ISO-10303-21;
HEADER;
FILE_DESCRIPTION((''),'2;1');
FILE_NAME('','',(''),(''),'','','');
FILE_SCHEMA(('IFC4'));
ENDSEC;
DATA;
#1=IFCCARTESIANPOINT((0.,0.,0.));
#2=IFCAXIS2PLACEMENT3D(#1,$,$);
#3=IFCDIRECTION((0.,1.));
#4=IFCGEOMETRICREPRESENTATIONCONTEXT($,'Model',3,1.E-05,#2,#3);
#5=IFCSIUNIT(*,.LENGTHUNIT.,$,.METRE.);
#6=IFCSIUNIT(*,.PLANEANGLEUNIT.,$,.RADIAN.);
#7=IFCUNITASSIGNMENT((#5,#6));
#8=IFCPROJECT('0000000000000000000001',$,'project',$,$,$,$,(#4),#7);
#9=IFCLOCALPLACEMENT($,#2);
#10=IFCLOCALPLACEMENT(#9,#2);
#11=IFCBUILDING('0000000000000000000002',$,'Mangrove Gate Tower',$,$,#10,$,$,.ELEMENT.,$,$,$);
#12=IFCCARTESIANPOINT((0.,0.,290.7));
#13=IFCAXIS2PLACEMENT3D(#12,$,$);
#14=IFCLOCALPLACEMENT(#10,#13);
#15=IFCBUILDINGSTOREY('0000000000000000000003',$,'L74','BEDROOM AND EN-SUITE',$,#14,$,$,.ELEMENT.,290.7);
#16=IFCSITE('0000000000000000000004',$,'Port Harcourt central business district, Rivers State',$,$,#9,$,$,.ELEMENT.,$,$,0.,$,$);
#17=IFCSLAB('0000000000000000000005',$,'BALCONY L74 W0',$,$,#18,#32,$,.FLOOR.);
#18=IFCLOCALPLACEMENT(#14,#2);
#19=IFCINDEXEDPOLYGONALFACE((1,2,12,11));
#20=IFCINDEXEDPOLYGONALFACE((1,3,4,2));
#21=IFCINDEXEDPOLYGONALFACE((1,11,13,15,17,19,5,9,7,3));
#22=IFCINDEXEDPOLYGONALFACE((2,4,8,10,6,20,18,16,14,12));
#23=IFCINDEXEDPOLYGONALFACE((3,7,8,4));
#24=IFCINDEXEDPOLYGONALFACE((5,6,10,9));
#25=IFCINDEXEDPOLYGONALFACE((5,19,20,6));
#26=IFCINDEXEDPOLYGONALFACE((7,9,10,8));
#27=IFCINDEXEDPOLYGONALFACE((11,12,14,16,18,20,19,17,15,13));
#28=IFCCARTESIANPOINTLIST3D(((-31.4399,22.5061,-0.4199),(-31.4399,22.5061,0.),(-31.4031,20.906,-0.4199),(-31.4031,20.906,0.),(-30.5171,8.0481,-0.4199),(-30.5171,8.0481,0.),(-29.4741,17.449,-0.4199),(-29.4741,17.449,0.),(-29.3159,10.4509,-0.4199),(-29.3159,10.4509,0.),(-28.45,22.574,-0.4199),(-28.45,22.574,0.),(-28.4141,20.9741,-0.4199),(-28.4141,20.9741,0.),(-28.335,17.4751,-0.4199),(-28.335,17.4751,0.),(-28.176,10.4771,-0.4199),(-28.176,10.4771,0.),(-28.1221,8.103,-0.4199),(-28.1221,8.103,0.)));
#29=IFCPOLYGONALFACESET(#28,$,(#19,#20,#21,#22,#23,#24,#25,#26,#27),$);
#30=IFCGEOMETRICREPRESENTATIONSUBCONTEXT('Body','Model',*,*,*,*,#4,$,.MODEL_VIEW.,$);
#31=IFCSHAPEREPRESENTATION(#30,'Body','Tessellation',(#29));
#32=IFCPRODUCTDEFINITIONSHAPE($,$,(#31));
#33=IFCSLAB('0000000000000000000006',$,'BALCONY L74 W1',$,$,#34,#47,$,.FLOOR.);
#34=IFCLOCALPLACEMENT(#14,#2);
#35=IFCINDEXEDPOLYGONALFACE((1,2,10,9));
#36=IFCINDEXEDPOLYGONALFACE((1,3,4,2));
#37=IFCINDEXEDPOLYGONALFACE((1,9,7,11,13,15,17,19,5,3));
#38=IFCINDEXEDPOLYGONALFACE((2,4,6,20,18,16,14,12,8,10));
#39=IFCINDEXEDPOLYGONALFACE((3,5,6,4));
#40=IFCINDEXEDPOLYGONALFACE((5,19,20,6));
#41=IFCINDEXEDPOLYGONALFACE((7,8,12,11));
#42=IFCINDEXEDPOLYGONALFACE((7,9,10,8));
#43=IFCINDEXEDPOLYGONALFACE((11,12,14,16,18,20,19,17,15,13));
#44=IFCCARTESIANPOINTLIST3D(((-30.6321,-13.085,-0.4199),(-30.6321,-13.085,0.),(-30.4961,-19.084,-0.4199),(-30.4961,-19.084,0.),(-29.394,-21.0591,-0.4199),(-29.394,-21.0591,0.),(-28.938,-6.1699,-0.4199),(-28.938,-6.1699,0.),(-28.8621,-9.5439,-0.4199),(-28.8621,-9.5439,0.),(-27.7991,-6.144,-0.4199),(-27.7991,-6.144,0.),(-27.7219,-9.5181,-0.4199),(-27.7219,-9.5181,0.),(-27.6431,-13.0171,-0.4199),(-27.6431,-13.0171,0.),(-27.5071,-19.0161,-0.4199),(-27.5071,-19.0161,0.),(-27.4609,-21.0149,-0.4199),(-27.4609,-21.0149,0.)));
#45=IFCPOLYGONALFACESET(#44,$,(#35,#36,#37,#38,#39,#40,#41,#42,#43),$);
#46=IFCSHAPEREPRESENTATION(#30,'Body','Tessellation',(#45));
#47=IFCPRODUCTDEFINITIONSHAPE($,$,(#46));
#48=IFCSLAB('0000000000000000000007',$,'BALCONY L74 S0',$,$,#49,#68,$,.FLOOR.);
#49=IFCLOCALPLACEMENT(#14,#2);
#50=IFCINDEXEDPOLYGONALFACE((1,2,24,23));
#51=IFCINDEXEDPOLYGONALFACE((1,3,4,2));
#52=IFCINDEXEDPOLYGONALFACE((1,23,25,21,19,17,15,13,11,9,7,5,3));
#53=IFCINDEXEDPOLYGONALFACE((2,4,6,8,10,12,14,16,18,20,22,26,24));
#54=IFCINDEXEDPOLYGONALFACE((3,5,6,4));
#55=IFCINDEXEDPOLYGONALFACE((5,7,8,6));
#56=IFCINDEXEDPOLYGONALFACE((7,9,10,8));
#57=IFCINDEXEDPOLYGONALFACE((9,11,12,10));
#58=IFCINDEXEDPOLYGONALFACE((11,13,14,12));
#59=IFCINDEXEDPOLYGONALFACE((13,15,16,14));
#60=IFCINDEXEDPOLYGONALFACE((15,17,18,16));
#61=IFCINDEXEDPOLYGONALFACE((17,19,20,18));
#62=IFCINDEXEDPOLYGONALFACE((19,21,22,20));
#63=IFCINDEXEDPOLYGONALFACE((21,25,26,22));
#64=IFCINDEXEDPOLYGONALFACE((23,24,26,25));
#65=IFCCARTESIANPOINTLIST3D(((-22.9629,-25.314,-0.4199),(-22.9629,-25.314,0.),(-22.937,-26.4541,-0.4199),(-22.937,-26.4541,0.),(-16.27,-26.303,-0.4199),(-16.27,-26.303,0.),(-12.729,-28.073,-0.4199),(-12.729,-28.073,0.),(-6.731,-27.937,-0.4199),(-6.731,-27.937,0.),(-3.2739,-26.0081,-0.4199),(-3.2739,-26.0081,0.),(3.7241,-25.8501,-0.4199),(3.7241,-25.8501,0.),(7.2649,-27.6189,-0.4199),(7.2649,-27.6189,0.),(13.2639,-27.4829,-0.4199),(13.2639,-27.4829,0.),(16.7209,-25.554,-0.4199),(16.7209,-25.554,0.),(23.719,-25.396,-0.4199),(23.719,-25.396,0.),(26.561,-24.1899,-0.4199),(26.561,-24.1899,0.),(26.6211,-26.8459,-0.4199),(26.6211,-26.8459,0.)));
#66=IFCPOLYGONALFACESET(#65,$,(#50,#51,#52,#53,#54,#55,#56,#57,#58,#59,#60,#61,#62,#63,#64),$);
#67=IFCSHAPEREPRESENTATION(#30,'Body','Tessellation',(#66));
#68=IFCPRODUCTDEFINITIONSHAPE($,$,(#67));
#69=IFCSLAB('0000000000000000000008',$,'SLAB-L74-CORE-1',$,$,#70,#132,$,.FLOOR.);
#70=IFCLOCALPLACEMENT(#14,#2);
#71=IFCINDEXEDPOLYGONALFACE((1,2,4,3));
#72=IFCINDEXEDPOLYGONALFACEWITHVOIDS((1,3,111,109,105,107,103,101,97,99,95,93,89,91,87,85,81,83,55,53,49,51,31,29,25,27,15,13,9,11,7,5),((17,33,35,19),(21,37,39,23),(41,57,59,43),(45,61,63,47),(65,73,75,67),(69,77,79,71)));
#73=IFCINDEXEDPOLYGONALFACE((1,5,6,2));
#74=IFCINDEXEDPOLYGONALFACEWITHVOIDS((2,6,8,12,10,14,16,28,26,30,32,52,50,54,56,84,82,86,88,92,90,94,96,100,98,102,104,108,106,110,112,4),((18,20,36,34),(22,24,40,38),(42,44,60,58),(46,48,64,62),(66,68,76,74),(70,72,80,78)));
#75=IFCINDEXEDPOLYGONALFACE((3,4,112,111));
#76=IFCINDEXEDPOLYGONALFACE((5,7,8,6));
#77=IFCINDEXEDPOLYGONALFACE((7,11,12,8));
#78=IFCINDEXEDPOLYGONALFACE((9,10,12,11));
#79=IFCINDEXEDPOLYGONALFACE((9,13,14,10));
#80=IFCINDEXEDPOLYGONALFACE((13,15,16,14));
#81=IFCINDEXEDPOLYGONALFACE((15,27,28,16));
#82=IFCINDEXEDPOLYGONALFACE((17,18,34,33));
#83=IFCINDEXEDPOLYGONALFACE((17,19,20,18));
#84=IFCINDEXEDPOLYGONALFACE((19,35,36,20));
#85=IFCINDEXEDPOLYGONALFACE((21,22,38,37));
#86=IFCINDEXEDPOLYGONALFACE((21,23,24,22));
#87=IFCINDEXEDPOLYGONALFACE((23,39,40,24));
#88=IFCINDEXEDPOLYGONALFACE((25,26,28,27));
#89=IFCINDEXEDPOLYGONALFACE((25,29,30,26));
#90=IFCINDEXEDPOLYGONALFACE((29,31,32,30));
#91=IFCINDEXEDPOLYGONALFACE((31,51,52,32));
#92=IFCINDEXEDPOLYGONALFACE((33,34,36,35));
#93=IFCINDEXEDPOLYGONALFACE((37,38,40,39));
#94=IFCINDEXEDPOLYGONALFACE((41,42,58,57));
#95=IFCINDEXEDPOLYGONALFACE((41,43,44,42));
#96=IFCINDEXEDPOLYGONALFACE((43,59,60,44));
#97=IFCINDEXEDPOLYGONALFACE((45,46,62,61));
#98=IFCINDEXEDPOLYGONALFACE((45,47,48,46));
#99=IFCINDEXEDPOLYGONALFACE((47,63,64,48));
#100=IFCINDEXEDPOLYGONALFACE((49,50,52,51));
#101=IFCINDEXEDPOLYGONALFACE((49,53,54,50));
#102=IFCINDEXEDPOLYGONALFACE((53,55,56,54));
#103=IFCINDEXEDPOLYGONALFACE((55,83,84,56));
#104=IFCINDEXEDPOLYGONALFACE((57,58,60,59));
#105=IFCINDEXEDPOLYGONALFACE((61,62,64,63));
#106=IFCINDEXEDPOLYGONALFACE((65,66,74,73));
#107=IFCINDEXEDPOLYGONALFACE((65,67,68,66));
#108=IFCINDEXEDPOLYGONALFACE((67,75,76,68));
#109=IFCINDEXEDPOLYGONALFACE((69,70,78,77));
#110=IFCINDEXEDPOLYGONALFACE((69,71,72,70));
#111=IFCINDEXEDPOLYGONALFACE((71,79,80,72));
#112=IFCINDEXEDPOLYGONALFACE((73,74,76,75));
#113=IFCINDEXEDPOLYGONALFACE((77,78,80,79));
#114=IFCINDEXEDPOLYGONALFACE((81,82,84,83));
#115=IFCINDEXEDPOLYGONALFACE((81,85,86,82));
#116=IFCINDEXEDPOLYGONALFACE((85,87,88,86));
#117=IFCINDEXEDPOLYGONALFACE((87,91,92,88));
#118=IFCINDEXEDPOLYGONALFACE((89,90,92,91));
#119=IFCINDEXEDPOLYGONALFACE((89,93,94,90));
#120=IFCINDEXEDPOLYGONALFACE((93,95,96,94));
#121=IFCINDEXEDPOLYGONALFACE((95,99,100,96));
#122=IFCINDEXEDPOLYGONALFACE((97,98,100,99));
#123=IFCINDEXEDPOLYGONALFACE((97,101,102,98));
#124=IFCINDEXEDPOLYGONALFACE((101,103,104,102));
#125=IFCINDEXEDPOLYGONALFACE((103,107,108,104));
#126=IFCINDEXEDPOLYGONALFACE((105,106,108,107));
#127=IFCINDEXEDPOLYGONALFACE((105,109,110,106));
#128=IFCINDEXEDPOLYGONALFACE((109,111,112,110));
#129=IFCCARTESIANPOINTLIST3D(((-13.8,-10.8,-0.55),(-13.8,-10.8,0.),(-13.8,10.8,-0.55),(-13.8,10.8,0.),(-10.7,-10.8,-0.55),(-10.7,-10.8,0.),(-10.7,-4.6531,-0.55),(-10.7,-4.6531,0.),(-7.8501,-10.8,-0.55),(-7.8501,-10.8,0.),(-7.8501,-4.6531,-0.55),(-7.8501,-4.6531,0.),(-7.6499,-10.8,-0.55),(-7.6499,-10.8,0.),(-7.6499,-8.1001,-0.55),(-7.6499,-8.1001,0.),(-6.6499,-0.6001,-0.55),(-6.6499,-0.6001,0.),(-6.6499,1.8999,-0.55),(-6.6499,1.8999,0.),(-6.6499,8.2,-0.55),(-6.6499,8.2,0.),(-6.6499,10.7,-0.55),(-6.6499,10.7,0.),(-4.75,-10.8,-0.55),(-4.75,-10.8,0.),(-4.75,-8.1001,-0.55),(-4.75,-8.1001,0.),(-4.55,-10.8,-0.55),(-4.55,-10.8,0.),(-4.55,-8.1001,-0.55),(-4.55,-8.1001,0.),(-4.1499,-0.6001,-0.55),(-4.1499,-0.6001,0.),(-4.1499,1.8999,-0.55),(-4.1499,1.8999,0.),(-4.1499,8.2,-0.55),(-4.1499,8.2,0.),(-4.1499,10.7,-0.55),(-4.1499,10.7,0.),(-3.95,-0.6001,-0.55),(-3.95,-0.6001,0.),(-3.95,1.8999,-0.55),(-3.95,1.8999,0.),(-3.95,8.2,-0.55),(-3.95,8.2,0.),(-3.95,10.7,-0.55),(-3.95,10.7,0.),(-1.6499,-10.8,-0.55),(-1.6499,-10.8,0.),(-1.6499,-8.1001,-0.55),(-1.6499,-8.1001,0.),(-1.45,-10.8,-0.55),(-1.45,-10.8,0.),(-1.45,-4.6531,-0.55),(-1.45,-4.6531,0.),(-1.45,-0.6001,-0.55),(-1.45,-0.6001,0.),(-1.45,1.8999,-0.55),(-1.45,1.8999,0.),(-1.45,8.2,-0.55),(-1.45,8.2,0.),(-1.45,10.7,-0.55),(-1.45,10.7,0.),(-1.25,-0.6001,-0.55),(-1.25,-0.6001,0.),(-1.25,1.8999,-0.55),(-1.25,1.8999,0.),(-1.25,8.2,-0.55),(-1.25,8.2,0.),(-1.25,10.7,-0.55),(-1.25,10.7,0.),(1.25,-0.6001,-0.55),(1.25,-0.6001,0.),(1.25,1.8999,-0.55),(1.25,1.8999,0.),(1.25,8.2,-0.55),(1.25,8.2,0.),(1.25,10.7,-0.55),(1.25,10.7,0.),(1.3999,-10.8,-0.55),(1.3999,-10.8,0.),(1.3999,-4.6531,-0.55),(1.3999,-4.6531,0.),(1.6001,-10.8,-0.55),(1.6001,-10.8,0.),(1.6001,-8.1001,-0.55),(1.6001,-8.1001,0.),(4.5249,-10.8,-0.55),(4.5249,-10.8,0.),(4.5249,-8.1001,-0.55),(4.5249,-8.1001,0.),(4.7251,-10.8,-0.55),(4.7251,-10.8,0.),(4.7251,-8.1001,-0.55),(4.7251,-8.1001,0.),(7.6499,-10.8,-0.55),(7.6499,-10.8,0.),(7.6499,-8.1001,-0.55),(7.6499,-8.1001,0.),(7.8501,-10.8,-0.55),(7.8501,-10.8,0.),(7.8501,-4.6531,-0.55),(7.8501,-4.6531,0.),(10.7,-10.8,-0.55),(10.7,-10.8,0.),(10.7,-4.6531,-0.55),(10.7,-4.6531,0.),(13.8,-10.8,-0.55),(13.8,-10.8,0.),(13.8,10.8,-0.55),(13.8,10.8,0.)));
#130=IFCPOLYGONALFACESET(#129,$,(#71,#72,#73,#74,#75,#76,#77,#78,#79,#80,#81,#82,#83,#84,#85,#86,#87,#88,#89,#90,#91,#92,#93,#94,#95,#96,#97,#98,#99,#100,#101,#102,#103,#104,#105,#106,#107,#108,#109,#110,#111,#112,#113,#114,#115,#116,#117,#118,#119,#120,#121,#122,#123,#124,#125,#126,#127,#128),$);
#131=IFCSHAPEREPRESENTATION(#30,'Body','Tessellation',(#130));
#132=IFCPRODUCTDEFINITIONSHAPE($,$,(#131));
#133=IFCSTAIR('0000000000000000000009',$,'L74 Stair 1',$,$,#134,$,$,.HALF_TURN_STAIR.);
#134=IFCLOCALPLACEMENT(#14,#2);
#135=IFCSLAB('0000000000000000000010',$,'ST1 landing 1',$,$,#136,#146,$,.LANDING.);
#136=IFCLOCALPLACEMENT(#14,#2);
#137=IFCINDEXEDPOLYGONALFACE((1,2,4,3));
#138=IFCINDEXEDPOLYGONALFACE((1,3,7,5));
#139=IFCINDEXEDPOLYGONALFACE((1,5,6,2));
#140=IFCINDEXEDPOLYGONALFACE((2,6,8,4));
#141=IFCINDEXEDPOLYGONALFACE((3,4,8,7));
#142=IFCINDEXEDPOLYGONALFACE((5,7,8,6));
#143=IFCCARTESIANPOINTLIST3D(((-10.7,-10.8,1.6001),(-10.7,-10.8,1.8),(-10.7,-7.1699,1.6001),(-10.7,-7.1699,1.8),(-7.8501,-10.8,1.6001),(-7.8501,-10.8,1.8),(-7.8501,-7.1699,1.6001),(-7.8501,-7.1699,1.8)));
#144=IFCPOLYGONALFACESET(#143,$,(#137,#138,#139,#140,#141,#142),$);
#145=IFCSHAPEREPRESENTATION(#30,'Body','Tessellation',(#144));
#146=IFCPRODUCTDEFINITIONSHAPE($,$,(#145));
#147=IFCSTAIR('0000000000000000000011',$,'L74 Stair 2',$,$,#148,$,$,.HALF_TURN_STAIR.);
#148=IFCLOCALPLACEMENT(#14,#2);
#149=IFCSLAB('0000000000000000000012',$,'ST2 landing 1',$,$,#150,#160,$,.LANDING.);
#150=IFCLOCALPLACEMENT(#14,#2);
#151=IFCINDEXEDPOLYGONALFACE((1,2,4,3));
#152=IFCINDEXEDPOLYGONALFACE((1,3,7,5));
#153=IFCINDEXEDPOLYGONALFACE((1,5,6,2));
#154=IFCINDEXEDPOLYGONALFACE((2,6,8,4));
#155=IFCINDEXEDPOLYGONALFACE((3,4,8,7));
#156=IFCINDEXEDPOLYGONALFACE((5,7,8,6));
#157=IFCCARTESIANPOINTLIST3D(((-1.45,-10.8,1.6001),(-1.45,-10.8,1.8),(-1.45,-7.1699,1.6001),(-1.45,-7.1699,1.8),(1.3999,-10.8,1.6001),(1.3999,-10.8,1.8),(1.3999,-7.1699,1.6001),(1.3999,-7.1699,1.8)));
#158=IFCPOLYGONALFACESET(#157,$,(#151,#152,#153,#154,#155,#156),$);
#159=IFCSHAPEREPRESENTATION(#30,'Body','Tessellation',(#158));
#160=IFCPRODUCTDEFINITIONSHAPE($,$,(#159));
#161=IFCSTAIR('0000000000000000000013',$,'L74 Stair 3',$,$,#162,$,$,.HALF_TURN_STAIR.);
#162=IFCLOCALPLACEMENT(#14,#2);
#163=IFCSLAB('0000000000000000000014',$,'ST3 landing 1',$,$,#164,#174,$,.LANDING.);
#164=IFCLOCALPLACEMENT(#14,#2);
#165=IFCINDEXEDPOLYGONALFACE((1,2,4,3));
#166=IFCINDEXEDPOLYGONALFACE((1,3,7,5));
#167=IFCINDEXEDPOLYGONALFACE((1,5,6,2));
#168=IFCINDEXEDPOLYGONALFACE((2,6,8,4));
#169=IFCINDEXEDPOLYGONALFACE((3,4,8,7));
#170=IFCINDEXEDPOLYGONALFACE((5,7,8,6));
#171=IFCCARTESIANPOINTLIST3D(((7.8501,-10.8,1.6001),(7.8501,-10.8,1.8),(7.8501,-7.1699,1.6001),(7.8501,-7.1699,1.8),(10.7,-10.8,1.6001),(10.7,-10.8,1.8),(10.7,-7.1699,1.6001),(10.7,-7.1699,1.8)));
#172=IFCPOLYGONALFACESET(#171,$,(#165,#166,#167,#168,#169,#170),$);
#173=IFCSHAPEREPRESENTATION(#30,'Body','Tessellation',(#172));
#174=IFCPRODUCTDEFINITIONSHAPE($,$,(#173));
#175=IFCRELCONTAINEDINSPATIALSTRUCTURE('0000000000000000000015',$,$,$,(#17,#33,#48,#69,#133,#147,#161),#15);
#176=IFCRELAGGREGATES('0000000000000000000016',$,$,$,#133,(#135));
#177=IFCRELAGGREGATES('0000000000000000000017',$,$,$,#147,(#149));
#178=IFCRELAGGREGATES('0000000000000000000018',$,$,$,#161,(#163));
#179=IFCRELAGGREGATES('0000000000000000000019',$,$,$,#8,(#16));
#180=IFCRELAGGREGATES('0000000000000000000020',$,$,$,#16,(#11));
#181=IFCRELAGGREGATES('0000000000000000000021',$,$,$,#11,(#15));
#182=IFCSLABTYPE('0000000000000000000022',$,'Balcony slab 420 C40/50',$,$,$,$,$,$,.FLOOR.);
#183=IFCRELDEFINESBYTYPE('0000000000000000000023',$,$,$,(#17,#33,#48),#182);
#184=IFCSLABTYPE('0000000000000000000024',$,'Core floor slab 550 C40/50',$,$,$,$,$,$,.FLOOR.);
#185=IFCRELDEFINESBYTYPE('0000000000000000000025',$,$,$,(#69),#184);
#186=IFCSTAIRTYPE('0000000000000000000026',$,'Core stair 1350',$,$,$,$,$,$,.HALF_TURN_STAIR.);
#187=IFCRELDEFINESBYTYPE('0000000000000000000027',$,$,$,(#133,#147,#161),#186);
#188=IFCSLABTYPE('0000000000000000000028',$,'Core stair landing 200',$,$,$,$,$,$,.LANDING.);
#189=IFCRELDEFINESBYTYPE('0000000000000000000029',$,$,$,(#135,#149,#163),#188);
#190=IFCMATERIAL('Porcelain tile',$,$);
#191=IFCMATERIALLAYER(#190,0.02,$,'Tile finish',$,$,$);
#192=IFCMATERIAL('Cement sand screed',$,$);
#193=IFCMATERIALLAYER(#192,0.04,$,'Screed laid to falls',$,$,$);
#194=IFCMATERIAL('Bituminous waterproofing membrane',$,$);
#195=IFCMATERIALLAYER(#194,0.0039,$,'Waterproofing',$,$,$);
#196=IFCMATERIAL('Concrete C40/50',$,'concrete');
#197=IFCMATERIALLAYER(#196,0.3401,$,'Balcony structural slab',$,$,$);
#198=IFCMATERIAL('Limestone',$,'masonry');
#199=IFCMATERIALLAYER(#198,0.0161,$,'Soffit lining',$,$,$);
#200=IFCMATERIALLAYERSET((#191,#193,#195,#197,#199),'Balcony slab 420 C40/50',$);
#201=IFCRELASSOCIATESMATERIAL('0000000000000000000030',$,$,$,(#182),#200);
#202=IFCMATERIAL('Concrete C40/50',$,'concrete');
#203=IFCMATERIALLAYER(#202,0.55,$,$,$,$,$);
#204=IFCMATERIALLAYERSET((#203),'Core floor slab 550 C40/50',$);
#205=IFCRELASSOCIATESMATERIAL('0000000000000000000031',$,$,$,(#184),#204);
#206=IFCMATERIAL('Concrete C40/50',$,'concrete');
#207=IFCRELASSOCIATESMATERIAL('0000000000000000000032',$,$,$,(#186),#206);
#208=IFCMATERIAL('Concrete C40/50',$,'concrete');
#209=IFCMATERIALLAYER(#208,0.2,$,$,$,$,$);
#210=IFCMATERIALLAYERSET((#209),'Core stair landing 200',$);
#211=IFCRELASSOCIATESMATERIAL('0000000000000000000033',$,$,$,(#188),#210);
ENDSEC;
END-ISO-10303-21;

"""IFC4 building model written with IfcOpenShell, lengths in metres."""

from ifc_helpers import new_model, si_unit, direction, frame, origin, place, context, subcontext, project, spatial, polyline, outline, extrude, material, layer, layer_set, type_object, element, aggregate, save


model = new_model("IFC4")

# Units and contexts
model_context = context("Model", 3, precision=1e-05, world=origin(), true_north=direction((0.0, 1.0)))
body_context = subcontext(model_context, "Body", "Model", "MODEL_VIEW")
ifc_project = project(units=[si_unit("LENGTHUNIT", "METRE"), si_unit("PLANEANGLEUNIT", "RADIAN")], contexts=[model_context])

# Site, building, storey
site_placement = place(None, origin())
site = spatial("IfcSite", under=ifc_project, at=site_placement, Name="Port Harcourt central business district, Rivers State", CompositionType="ELEMENT", RefElevation=0.0)
building_placement = place(site_placement, origin())
building = spatial("IfcBuilding", under=site, at=building_placement, Name="Mangrove Gate Tower", CompositionType="ELEMENT")
storey_placement = place(building_placement, frame((0.0, 0.0, 290.7)))
storey = spatial("IfcBuildingStorey", under=building, at=storey_placement, Name="L74", Description="BEDROOM AND EN-SUITE", CompositionType="ELEMENT", Elevation=290.7)

# Slabs
ifc_material_1 = material(Name="Porcelain tile")
ifc_layer_1 = layer(ifc_material_1, 0.02, Name="Tile finish")
ifc_material_2 = material(Name="Cement sand screed")
ifc_layer_2 = layer(ifc_material_2, 0.04, Name="Screed laid to falls")
ifc_material_3 = material(Name="Bituminous waterproofing membrane")
ifc_layer_3 = layer(ifc_material_3, 0.0039, Name="Waterproofing")
ifc_material_4 = material(Name="Concrete C40/50", Category="concrete")
ifc_layer_4 = layer(ifc_material_4, 0.3401, Name="Balcony structural slab")
ifc_material_5 = material(Name="Limestone", Category="masonry")
ifc_layer_5 = layer(ifc_material_5, 0.0161, Name="Soffit lining")
ifc_layer_set_1 = layer_set([ifc_layer_1, ifc_layer_2, ifc_layer_3, ifc_layer_4, ifc_layer_5], Name="Balcony slab 420 C40/50")
slab_type_1 = type_object("IfcSlabType", Name="Balcony slab 420 C40/50", PredefinedType="FLOOR", material=ifc_layer_set_1)
slab_1_placement = place(storey_placement, frame((0.0, 0.0, -0.4199)))
element("IfcSlab", 1, at=slab_1_placement, inside=storey, type_object=slab_type_1, Name="BALCONY L74 W0", PredefinedType="FLOOR", context=body_context, shape_type="SweptSolid", body=[
    extrude(outline(polyline([(-31.4399, 22.5061), (-31.4031, 20.906), (-29.4741, 17.449), (-29.3159, 10.4509), (-30.5171, 8.0481), (-28.1221, 8.103), (-28.176, 10.4771), (-28.335, 17.4751), (-28.4141, 20.9741), (-28.45, 22.574), (-31.4399, 22.5061)])), origin(), (0.0, 0.0, 1.0), 0.4199),
])
slab_2_placement = place(storey_placement, frame((0.0, 0.0, -0.4199)))
element("IfcSlab", 2, at=slab_2_placement, inside=storey, type_object=slab_type_1, Name="BALCONY L74 W1", PredefinedType="FLOOR", context=body_context, shape_type="SweptSolid", body=[
    extrude(outline(polyline([(-28.938, -6.1699), (-28.8621, -9.5439), (-30.6321, -13.085), (-30.4961, -19.084), (-29.394, -21.0591), (-27.4609, -21.0149), (-27.5071, -19.0161), (-27.6431, -13.0171), (-27.7219, -9.5181), (-27.7991, -6.144), (-28.938, -6.1699)])), origin(), (0.0, 0.0, 1.0), 0.4199),
])
slab_3_placement = place(storey_placement, frame((0.0, 0.0, -0.4199)))
element("IfcSlab", 3, at=slab_3_placement, inside=storey, type_object=slab_type_1, Name="BALCONY L74 S0", PredefinedType="FLOOR", context=body_context, shape_type="SweptSolid", body=[
    extrude(outline(polyline([(-22.937, -26.4541), (-16.27, -26.303), (-12.729, -28.073), (-6.731, -27.937), (-3.2739, -26.0081), (3.7241, -25.8501), (7.2649, -27.6189), (13.2639, -27.4829), (16.7209, -25.554), (23.719, -25.396), (26.6211, -26.8459), (26.561, -24.1899), (-22.9629, -25.314), (-22.937, -26.4541)])), origin(), (0.0, 0.0, 1.0), 0.4199),
])
ifc_material_6 = material(Name="Concrete C40/50", Category="concrete")
ifc_layer_6 = layer(ifc_material_6, 0.55)
ifc_layer_set_2 = layer_set([ifc_layer_6], Name="Core floor slab 550 C40/50")
slab_type_2 = type_object("IfcSlabType", Name="Core floor slab 550 C40/50", PredefinedType="FLOOR", material=ifc_layer_set_2)
slab_4_placement = place(storey_placement, frame((0.0, 0.0, -0.55)))
element("IfcSlab", 4, at=slab_4_placement, inside=storey, type_object=slab_type_2, Name="SLAB-L74-CORE-1", PredefinedType="FLOOR", context=body_context, shape_type="SweptSolid", body=[
    extrude(outline(polyline([(-13.8, -10.8), (-13.8, 10.8), (13.8, 10.8), (13.8, -10.8), (10.7, -10.8), (10.7, -4.6531), (7.8501, -4.6531), (7.8501, -10.8), (7.6499, -10.8), (7.6499, -8.1001), (4.7251, -8.1001), (4.7251, -10.8), (4.5249, -10.8), (4.5249, -8.1001), (1.6001, -8.1001), (1.6001, -10.8), (1.3999, -10.8), (1.3999, -4.6531), (-1.45, -4.6531), (-1.45, -10.8), (-1.6499, -10.8), (-1.6499, -8.1001), (-4.55, -8.1001), (-4.55, -10.8), (-4.75, -10.8), (-4.75, -8.1001), (-7.6499, -8.1001), (-7.6499, -10.8), (-7.8501, -10.8), (-7.8501, -4.6531), (-10.7, -4.6531), (-10.7, -10.8), (-13.8, -10.8)]), holes=[polyline([(-4.1499, 1.8999), (-6.6499, 1.8999), (-6.6499, -0.6001), (-4.1499, -0.6001), (-4.1499, 1.8999)]), polyline([(-1.45, -0.6001), (-1.45, 1.8999), (-3.95, 1.8999), (-3.95, -0.6001), (-1.45, -0.6001)]), polyline([(-4.1499, 8.2), (-4.1499, 10.7), (-6.6499, 10.7), (-6.6499, 8.2), (-4.1499, 8.2)]), polyline([(-1.45, 10.7), (-3.95, 10.7), (-3.95, 8.2), (-1.45, 8.2), (-1.45, 10.7)]), polyline([(1.25, -0.6001), (1.25, 1.8999), (-1.25, 1.8999), (-1.25, -0.6001), (1.25, -0.6001)]), polyline([(1.25, 8.2), (1.25, 10.7), (-1.25, 10.7), (-1.25, 8.2), (1.25, 8.2)])]), origin(), (0.0, 0.0, 1.0), 0.55),
])

# Stairs, slabs
ifc_material_7 = material(Name="Concrete C40/50", Category="concrete")
stair_type = type_object("IfcStairType", Name="Core stair 1350", PredefinedType="HALF_TURN_STAIR", material=ifc_material_7)
stair_1_placement = place(storey_placement, origin())
stair_1 = element("IfcStair", 5, at=stair_1_placement, inside=storey, type_object=stair_type, Name="L74 Stair 1", PredefinedType="HALF_TURN_STAIR")
ifc_material_8 = material(Name="Concrete C40/50", Category="concrete")
ifc_layer_7 = layer(ifc_material_8, 0.2)
ifc_layer_set_3 = layer_set([ifc_layer_7], Name="Core stair landing 200")
slab_type_3 = type_object("IfcSlabType", Name="Core stair landing 200", PredefinedType="LANDING", material=ifc_layer_set_3)
slab_5_placement = place(storey_placement, frame((0.0, 0.0, 1.6001)))
slab_5 = element("IfcSlab", 6, at=slab_5_placement, type_object=slab_type_3, Name="ST1 landing 1", PredefinedType="LANDING", context=body_context, shape_type="SweptSolid", body=[
    extrude(outline(polyline([(-10.7, -7.1699), (-10.7, -10.8), (-7.8501, -10.8), (-7.8501, -7.1699), (-10.7, -7.1699)])), origin(), (0.0, 0.0, 1.0), 0.2),
])
aggregate(stair_1, [slab_5])
stair_2_placement = place(storey_placement, origin())
stair_2 = element("IfcStair", 7, at=stair_2_placement, inside=storey, type_object=stair_type, Name="L74 Stair 2", PredefinedType="HALF_TURN_STAIR")
slab_6_placement = place(storey_placement, frame((0.0, 0.0, 1.6001)))
slab_6 = element("IfcSlab", 8, at=slab_6_placement, type_object=slab_type_3, Name="ST2 landing 1", PredefinedType="LANDING", context=body_context, shape_type="SweptSolid", body=[
    extrude(outline(polyline([(-1.45, -7.1699), (-1.45, -10.8), (1.3999, -10.8), (1.3999, -7.1699), (-1.45, -7.1699)])), origin(), (0.0, 0.0, 1.0), 0.2),
])
aggregate(stair_2, [slab_6])
stair_3_placement = place(storey_placement, origin())
stair_3 = element("IfcStair", 9, at=stair_3_placement, inside=storey, type_object=stair_type, Name="L74 Stair 3", PredefinedType="HALF_TURN_STAIR")
slab_7_placement = place(storey_placement, frame((0.0, 0.0, 1.6001)))
slab_7 = element("IfcSlab", 10, at=slab_7_placement, type_object=slab_type_3, Name="ST3 landing 1", PredefinedType="LANDING", context=body_context, shape_type="SweptSolid", body=[
    extrude(outline(polyline([(7.8501, -7.1699), (7.8501, -10.8), (10.7, -10.8), (10.7, -7.1699), (7.8501, -7.1699)])), origin(), (0.0, 0.0, 1.0), 0.2),
])
aggregate(stair_3, [slab_7])

save(model, "model.ifc")
